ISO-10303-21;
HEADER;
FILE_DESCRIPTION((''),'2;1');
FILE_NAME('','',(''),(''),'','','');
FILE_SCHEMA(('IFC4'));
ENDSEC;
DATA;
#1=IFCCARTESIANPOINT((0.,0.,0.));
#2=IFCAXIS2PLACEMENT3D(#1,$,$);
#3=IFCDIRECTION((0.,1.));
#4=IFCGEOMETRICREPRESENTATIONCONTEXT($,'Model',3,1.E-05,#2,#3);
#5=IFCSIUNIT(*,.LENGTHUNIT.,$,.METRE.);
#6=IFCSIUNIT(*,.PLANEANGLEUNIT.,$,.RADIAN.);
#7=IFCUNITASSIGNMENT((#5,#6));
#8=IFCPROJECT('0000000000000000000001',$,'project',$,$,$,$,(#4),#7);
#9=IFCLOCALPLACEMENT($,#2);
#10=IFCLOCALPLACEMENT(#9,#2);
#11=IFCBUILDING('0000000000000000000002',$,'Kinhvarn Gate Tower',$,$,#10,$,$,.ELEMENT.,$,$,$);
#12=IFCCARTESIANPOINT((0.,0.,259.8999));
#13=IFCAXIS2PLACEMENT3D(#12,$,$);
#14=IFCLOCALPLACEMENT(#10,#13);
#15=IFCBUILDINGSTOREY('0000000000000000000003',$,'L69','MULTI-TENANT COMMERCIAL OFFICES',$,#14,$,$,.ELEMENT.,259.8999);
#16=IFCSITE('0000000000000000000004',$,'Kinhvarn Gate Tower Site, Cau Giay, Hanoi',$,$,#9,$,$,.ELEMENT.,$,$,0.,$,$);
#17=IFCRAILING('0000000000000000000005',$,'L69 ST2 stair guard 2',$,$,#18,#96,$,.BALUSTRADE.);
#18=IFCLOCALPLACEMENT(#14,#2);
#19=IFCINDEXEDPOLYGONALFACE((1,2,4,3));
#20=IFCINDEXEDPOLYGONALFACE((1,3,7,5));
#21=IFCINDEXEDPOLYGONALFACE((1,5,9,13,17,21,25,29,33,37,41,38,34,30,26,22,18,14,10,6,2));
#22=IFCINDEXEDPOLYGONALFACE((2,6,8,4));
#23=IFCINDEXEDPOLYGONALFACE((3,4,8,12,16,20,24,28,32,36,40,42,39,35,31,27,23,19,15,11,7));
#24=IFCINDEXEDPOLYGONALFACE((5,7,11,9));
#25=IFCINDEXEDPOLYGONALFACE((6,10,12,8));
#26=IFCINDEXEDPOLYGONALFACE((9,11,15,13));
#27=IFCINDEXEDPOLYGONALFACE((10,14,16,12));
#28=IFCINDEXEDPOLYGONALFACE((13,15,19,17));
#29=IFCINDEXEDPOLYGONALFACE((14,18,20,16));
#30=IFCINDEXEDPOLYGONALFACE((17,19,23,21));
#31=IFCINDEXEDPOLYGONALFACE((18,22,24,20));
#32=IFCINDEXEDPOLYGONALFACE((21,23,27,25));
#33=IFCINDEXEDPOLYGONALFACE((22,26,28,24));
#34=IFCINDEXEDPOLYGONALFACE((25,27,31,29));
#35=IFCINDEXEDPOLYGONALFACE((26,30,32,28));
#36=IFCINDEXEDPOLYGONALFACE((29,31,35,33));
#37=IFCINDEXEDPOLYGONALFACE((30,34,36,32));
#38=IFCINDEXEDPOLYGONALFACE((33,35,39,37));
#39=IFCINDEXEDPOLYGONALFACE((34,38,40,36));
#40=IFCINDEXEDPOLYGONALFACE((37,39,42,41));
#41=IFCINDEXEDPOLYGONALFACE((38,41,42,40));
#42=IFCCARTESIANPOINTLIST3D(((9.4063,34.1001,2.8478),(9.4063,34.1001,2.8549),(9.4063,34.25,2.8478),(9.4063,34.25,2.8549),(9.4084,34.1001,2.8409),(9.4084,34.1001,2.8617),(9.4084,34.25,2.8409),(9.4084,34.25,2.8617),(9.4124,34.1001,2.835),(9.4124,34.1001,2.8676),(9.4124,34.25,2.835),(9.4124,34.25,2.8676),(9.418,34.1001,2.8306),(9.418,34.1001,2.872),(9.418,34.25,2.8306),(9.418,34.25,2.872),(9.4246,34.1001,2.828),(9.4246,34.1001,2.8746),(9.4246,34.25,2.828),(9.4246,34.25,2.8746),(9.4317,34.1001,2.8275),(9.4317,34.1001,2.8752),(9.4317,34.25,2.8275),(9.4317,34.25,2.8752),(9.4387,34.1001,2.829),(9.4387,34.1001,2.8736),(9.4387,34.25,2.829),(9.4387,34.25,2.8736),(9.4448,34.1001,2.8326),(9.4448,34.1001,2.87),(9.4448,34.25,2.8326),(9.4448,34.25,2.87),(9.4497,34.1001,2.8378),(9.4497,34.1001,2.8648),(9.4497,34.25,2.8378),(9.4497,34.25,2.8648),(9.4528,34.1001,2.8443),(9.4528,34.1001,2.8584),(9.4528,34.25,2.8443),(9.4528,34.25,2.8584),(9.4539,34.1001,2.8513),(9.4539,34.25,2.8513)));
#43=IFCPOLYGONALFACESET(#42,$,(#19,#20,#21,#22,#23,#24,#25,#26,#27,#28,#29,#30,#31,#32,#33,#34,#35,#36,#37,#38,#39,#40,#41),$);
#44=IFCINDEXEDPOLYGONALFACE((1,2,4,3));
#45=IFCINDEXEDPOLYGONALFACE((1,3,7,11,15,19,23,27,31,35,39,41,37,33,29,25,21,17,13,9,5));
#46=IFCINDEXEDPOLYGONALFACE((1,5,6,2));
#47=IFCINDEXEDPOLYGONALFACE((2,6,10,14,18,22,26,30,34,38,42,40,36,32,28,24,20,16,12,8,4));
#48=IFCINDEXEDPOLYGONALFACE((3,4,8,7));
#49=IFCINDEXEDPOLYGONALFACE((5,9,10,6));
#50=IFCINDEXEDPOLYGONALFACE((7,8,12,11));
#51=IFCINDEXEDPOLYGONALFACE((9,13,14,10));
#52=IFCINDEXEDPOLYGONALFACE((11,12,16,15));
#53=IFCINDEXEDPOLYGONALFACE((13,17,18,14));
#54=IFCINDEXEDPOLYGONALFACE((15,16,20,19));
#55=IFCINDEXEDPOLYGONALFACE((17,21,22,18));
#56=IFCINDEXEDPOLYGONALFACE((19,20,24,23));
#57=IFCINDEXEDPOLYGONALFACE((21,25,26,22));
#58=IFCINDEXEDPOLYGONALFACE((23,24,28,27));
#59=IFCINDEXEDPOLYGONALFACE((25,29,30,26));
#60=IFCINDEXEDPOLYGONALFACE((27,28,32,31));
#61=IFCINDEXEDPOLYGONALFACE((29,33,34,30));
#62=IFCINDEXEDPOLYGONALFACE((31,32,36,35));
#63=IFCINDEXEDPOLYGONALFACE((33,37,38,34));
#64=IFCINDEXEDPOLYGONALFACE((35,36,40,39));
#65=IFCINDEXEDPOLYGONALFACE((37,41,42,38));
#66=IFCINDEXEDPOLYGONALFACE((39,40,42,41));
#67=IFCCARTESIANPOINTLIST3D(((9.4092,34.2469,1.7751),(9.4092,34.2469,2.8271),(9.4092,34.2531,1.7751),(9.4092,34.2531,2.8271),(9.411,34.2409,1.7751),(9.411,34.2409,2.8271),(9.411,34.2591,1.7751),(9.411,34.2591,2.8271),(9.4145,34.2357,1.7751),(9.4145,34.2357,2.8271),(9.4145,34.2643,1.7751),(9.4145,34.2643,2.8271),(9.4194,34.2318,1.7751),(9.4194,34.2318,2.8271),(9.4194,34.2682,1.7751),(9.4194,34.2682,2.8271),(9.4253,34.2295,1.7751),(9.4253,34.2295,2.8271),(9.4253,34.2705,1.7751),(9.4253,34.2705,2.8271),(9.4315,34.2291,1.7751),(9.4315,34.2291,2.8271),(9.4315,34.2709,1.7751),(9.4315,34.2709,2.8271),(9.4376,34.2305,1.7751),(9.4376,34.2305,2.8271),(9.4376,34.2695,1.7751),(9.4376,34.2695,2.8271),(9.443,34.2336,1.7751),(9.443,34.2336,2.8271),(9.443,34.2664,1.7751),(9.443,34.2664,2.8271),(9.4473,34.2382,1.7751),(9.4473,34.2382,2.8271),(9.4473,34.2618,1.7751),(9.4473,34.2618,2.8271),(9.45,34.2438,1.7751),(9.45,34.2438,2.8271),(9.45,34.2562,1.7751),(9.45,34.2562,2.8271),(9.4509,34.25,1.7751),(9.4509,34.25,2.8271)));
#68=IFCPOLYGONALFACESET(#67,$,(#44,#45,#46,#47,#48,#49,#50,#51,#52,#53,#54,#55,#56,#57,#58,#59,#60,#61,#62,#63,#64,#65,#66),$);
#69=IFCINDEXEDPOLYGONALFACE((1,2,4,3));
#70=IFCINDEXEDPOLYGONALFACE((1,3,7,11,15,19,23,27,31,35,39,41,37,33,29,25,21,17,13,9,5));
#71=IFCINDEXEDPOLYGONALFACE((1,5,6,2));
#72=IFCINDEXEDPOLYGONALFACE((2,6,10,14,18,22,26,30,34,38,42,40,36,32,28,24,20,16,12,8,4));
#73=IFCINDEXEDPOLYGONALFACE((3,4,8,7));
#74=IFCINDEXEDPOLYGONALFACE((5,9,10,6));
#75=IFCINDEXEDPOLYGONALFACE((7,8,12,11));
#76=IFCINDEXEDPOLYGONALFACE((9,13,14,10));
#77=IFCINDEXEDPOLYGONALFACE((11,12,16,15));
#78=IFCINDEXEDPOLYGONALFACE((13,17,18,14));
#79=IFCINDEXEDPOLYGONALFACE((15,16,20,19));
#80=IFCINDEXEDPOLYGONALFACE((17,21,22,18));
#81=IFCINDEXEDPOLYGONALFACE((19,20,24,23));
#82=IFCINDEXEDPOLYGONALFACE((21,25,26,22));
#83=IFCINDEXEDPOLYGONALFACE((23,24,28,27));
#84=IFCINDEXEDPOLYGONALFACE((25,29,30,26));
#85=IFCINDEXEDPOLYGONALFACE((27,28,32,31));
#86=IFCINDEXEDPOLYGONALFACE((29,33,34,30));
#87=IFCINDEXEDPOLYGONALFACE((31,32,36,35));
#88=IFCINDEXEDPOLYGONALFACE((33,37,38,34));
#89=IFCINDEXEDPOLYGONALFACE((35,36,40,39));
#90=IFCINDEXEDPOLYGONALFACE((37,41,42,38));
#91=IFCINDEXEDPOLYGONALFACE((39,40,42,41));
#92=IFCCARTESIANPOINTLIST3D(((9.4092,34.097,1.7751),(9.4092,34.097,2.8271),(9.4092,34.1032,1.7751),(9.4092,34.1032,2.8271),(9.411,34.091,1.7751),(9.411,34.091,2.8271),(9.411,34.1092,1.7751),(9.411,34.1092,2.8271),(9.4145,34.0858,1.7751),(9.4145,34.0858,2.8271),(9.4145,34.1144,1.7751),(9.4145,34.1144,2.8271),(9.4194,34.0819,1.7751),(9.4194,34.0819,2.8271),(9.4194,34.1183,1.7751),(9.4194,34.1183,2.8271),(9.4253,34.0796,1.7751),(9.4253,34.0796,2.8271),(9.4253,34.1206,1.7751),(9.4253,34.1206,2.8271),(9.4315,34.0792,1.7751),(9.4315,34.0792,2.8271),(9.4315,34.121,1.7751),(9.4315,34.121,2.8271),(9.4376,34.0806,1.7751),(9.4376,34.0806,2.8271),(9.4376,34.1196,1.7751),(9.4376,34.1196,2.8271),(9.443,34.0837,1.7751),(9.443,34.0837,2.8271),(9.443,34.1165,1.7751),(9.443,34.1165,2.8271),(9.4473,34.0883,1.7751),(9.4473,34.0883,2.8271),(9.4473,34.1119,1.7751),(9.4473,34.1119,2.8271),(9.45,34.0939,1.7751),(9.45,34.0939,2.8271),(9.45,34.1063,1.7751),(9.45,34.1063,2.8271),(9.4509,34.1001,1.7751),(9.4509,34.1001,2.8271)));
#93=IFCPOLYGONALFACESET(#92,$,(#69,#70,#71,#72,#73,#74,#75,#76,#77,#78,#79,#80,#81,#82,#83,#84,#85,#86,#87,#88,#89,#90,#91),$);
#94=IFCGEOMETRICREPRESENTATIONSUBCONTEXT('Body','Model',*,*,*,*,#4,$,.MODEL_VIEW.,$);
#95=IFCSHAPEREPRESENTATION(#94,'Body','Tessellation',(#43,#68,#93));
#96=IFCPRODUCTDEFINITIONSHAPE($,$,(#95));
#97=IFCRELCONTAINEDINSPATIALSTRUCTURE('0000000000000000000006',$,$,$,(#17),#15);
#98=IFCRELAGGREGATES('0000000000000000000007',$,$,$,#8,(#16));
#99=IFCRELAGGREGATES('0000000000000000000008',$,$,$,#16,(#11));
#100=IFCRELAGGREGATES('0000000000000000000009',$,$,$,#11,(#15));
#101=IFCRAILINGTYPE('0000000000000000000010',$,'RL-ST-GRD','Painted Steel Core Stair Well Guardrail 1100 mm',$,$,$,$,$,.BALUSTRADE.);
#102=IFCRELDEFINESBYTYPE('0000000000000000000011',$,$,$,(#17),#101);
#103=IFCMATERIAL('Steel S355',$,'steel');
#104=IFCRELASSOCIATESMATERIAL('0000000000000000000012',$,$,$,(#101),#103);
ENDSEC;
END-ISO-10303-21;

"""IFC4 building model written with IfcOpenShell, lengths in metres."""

from ifc_helpers import new_model, si_unit, direction, frame, origin, origin_2d, place, context, subcontext, project, spatial, circle, extrude, material, type_object, element, save


model = new_model("IFC4")

# Units and contexts
model_context = context("Model", 3, precision=1e-05, world=origin(), true_north=direction((0.0, 1.0)))
body_context = subcontext(model_context, "Body", "Model", "MODEL_VIEW")
ifc_project = project(units=[si_unit("LENGTHUNIT", "METRE"), si_unit("PLANEANGLEUNIT", "RADIAN")], contexts=[model_context])

# Site, building, storey
site_placement = place(None, origin())
site = spatial("IfcSite", under=ifc_project, at=site_placement, Name="Kinhvarn Gate Tower Site, Cau Giay, Hanoi", CompositionType="ELEMENT", RefElevation=0.0)
building_placement = place(site_placement, origin())
building = spatial("IfcBuilding", under=site, at=building_placement, Name="Kinhvarn Gate Tower", CompositionType="ELEMENT")
storey_placement = place(building_placement, frame((0.0, 0.0, 259.8999)))
storey = spatial("IfcBuildingStorey", under=building, at=storey_placement, Name="L69", Description="MULTI-TENANT COMMERCIAL OFFICES", CompositionType="ELEMENT", Elevation=259.8999)

# Railing
ifc_material_1 = material(Name="Steel S355", Category="steel")
railing_type_1 = type_object("IfcRailingType", Name="RL-ST-GRD", Description="Painted Steel Core Stair Well Guardrail 1100 mm", PredefinedType="BALUSTRADE", material=ifc_material_1)
railing_1_placement = place(storey_placement, frame((9.4299, 34.25, 1.7751)))
element("IfcRailing", 1, at=railing_1_placement, inside=storey, type_object=railing_type_1, Name="L69 ST2 stair guard 2", PredefinedType="BALUSTRADE", context=body_context, shape_type="SweptSolid", body=[
    extrude(circle(Radius=0.0239, at=origin_2d()), frame((0.0, 0.0, 1.0762), z_axis=(0.0, -1.0, 0.0), x_axis=(1.0, 0.0, 0.0)), (0.0, 0.0, 1.0), 0.1499),
    extrude(circle(Radius=0.021, at=origin_2d()), origin(), (0.0, 0.0, 1.0), 1.052),
    extrude(circle(Radius=0.021, at=origin_2d()), frame((0.0, -0.1499, 0.0)), (0.0, 0.0, 1.0), 1.052),
])

save(model, "model.ifc")
